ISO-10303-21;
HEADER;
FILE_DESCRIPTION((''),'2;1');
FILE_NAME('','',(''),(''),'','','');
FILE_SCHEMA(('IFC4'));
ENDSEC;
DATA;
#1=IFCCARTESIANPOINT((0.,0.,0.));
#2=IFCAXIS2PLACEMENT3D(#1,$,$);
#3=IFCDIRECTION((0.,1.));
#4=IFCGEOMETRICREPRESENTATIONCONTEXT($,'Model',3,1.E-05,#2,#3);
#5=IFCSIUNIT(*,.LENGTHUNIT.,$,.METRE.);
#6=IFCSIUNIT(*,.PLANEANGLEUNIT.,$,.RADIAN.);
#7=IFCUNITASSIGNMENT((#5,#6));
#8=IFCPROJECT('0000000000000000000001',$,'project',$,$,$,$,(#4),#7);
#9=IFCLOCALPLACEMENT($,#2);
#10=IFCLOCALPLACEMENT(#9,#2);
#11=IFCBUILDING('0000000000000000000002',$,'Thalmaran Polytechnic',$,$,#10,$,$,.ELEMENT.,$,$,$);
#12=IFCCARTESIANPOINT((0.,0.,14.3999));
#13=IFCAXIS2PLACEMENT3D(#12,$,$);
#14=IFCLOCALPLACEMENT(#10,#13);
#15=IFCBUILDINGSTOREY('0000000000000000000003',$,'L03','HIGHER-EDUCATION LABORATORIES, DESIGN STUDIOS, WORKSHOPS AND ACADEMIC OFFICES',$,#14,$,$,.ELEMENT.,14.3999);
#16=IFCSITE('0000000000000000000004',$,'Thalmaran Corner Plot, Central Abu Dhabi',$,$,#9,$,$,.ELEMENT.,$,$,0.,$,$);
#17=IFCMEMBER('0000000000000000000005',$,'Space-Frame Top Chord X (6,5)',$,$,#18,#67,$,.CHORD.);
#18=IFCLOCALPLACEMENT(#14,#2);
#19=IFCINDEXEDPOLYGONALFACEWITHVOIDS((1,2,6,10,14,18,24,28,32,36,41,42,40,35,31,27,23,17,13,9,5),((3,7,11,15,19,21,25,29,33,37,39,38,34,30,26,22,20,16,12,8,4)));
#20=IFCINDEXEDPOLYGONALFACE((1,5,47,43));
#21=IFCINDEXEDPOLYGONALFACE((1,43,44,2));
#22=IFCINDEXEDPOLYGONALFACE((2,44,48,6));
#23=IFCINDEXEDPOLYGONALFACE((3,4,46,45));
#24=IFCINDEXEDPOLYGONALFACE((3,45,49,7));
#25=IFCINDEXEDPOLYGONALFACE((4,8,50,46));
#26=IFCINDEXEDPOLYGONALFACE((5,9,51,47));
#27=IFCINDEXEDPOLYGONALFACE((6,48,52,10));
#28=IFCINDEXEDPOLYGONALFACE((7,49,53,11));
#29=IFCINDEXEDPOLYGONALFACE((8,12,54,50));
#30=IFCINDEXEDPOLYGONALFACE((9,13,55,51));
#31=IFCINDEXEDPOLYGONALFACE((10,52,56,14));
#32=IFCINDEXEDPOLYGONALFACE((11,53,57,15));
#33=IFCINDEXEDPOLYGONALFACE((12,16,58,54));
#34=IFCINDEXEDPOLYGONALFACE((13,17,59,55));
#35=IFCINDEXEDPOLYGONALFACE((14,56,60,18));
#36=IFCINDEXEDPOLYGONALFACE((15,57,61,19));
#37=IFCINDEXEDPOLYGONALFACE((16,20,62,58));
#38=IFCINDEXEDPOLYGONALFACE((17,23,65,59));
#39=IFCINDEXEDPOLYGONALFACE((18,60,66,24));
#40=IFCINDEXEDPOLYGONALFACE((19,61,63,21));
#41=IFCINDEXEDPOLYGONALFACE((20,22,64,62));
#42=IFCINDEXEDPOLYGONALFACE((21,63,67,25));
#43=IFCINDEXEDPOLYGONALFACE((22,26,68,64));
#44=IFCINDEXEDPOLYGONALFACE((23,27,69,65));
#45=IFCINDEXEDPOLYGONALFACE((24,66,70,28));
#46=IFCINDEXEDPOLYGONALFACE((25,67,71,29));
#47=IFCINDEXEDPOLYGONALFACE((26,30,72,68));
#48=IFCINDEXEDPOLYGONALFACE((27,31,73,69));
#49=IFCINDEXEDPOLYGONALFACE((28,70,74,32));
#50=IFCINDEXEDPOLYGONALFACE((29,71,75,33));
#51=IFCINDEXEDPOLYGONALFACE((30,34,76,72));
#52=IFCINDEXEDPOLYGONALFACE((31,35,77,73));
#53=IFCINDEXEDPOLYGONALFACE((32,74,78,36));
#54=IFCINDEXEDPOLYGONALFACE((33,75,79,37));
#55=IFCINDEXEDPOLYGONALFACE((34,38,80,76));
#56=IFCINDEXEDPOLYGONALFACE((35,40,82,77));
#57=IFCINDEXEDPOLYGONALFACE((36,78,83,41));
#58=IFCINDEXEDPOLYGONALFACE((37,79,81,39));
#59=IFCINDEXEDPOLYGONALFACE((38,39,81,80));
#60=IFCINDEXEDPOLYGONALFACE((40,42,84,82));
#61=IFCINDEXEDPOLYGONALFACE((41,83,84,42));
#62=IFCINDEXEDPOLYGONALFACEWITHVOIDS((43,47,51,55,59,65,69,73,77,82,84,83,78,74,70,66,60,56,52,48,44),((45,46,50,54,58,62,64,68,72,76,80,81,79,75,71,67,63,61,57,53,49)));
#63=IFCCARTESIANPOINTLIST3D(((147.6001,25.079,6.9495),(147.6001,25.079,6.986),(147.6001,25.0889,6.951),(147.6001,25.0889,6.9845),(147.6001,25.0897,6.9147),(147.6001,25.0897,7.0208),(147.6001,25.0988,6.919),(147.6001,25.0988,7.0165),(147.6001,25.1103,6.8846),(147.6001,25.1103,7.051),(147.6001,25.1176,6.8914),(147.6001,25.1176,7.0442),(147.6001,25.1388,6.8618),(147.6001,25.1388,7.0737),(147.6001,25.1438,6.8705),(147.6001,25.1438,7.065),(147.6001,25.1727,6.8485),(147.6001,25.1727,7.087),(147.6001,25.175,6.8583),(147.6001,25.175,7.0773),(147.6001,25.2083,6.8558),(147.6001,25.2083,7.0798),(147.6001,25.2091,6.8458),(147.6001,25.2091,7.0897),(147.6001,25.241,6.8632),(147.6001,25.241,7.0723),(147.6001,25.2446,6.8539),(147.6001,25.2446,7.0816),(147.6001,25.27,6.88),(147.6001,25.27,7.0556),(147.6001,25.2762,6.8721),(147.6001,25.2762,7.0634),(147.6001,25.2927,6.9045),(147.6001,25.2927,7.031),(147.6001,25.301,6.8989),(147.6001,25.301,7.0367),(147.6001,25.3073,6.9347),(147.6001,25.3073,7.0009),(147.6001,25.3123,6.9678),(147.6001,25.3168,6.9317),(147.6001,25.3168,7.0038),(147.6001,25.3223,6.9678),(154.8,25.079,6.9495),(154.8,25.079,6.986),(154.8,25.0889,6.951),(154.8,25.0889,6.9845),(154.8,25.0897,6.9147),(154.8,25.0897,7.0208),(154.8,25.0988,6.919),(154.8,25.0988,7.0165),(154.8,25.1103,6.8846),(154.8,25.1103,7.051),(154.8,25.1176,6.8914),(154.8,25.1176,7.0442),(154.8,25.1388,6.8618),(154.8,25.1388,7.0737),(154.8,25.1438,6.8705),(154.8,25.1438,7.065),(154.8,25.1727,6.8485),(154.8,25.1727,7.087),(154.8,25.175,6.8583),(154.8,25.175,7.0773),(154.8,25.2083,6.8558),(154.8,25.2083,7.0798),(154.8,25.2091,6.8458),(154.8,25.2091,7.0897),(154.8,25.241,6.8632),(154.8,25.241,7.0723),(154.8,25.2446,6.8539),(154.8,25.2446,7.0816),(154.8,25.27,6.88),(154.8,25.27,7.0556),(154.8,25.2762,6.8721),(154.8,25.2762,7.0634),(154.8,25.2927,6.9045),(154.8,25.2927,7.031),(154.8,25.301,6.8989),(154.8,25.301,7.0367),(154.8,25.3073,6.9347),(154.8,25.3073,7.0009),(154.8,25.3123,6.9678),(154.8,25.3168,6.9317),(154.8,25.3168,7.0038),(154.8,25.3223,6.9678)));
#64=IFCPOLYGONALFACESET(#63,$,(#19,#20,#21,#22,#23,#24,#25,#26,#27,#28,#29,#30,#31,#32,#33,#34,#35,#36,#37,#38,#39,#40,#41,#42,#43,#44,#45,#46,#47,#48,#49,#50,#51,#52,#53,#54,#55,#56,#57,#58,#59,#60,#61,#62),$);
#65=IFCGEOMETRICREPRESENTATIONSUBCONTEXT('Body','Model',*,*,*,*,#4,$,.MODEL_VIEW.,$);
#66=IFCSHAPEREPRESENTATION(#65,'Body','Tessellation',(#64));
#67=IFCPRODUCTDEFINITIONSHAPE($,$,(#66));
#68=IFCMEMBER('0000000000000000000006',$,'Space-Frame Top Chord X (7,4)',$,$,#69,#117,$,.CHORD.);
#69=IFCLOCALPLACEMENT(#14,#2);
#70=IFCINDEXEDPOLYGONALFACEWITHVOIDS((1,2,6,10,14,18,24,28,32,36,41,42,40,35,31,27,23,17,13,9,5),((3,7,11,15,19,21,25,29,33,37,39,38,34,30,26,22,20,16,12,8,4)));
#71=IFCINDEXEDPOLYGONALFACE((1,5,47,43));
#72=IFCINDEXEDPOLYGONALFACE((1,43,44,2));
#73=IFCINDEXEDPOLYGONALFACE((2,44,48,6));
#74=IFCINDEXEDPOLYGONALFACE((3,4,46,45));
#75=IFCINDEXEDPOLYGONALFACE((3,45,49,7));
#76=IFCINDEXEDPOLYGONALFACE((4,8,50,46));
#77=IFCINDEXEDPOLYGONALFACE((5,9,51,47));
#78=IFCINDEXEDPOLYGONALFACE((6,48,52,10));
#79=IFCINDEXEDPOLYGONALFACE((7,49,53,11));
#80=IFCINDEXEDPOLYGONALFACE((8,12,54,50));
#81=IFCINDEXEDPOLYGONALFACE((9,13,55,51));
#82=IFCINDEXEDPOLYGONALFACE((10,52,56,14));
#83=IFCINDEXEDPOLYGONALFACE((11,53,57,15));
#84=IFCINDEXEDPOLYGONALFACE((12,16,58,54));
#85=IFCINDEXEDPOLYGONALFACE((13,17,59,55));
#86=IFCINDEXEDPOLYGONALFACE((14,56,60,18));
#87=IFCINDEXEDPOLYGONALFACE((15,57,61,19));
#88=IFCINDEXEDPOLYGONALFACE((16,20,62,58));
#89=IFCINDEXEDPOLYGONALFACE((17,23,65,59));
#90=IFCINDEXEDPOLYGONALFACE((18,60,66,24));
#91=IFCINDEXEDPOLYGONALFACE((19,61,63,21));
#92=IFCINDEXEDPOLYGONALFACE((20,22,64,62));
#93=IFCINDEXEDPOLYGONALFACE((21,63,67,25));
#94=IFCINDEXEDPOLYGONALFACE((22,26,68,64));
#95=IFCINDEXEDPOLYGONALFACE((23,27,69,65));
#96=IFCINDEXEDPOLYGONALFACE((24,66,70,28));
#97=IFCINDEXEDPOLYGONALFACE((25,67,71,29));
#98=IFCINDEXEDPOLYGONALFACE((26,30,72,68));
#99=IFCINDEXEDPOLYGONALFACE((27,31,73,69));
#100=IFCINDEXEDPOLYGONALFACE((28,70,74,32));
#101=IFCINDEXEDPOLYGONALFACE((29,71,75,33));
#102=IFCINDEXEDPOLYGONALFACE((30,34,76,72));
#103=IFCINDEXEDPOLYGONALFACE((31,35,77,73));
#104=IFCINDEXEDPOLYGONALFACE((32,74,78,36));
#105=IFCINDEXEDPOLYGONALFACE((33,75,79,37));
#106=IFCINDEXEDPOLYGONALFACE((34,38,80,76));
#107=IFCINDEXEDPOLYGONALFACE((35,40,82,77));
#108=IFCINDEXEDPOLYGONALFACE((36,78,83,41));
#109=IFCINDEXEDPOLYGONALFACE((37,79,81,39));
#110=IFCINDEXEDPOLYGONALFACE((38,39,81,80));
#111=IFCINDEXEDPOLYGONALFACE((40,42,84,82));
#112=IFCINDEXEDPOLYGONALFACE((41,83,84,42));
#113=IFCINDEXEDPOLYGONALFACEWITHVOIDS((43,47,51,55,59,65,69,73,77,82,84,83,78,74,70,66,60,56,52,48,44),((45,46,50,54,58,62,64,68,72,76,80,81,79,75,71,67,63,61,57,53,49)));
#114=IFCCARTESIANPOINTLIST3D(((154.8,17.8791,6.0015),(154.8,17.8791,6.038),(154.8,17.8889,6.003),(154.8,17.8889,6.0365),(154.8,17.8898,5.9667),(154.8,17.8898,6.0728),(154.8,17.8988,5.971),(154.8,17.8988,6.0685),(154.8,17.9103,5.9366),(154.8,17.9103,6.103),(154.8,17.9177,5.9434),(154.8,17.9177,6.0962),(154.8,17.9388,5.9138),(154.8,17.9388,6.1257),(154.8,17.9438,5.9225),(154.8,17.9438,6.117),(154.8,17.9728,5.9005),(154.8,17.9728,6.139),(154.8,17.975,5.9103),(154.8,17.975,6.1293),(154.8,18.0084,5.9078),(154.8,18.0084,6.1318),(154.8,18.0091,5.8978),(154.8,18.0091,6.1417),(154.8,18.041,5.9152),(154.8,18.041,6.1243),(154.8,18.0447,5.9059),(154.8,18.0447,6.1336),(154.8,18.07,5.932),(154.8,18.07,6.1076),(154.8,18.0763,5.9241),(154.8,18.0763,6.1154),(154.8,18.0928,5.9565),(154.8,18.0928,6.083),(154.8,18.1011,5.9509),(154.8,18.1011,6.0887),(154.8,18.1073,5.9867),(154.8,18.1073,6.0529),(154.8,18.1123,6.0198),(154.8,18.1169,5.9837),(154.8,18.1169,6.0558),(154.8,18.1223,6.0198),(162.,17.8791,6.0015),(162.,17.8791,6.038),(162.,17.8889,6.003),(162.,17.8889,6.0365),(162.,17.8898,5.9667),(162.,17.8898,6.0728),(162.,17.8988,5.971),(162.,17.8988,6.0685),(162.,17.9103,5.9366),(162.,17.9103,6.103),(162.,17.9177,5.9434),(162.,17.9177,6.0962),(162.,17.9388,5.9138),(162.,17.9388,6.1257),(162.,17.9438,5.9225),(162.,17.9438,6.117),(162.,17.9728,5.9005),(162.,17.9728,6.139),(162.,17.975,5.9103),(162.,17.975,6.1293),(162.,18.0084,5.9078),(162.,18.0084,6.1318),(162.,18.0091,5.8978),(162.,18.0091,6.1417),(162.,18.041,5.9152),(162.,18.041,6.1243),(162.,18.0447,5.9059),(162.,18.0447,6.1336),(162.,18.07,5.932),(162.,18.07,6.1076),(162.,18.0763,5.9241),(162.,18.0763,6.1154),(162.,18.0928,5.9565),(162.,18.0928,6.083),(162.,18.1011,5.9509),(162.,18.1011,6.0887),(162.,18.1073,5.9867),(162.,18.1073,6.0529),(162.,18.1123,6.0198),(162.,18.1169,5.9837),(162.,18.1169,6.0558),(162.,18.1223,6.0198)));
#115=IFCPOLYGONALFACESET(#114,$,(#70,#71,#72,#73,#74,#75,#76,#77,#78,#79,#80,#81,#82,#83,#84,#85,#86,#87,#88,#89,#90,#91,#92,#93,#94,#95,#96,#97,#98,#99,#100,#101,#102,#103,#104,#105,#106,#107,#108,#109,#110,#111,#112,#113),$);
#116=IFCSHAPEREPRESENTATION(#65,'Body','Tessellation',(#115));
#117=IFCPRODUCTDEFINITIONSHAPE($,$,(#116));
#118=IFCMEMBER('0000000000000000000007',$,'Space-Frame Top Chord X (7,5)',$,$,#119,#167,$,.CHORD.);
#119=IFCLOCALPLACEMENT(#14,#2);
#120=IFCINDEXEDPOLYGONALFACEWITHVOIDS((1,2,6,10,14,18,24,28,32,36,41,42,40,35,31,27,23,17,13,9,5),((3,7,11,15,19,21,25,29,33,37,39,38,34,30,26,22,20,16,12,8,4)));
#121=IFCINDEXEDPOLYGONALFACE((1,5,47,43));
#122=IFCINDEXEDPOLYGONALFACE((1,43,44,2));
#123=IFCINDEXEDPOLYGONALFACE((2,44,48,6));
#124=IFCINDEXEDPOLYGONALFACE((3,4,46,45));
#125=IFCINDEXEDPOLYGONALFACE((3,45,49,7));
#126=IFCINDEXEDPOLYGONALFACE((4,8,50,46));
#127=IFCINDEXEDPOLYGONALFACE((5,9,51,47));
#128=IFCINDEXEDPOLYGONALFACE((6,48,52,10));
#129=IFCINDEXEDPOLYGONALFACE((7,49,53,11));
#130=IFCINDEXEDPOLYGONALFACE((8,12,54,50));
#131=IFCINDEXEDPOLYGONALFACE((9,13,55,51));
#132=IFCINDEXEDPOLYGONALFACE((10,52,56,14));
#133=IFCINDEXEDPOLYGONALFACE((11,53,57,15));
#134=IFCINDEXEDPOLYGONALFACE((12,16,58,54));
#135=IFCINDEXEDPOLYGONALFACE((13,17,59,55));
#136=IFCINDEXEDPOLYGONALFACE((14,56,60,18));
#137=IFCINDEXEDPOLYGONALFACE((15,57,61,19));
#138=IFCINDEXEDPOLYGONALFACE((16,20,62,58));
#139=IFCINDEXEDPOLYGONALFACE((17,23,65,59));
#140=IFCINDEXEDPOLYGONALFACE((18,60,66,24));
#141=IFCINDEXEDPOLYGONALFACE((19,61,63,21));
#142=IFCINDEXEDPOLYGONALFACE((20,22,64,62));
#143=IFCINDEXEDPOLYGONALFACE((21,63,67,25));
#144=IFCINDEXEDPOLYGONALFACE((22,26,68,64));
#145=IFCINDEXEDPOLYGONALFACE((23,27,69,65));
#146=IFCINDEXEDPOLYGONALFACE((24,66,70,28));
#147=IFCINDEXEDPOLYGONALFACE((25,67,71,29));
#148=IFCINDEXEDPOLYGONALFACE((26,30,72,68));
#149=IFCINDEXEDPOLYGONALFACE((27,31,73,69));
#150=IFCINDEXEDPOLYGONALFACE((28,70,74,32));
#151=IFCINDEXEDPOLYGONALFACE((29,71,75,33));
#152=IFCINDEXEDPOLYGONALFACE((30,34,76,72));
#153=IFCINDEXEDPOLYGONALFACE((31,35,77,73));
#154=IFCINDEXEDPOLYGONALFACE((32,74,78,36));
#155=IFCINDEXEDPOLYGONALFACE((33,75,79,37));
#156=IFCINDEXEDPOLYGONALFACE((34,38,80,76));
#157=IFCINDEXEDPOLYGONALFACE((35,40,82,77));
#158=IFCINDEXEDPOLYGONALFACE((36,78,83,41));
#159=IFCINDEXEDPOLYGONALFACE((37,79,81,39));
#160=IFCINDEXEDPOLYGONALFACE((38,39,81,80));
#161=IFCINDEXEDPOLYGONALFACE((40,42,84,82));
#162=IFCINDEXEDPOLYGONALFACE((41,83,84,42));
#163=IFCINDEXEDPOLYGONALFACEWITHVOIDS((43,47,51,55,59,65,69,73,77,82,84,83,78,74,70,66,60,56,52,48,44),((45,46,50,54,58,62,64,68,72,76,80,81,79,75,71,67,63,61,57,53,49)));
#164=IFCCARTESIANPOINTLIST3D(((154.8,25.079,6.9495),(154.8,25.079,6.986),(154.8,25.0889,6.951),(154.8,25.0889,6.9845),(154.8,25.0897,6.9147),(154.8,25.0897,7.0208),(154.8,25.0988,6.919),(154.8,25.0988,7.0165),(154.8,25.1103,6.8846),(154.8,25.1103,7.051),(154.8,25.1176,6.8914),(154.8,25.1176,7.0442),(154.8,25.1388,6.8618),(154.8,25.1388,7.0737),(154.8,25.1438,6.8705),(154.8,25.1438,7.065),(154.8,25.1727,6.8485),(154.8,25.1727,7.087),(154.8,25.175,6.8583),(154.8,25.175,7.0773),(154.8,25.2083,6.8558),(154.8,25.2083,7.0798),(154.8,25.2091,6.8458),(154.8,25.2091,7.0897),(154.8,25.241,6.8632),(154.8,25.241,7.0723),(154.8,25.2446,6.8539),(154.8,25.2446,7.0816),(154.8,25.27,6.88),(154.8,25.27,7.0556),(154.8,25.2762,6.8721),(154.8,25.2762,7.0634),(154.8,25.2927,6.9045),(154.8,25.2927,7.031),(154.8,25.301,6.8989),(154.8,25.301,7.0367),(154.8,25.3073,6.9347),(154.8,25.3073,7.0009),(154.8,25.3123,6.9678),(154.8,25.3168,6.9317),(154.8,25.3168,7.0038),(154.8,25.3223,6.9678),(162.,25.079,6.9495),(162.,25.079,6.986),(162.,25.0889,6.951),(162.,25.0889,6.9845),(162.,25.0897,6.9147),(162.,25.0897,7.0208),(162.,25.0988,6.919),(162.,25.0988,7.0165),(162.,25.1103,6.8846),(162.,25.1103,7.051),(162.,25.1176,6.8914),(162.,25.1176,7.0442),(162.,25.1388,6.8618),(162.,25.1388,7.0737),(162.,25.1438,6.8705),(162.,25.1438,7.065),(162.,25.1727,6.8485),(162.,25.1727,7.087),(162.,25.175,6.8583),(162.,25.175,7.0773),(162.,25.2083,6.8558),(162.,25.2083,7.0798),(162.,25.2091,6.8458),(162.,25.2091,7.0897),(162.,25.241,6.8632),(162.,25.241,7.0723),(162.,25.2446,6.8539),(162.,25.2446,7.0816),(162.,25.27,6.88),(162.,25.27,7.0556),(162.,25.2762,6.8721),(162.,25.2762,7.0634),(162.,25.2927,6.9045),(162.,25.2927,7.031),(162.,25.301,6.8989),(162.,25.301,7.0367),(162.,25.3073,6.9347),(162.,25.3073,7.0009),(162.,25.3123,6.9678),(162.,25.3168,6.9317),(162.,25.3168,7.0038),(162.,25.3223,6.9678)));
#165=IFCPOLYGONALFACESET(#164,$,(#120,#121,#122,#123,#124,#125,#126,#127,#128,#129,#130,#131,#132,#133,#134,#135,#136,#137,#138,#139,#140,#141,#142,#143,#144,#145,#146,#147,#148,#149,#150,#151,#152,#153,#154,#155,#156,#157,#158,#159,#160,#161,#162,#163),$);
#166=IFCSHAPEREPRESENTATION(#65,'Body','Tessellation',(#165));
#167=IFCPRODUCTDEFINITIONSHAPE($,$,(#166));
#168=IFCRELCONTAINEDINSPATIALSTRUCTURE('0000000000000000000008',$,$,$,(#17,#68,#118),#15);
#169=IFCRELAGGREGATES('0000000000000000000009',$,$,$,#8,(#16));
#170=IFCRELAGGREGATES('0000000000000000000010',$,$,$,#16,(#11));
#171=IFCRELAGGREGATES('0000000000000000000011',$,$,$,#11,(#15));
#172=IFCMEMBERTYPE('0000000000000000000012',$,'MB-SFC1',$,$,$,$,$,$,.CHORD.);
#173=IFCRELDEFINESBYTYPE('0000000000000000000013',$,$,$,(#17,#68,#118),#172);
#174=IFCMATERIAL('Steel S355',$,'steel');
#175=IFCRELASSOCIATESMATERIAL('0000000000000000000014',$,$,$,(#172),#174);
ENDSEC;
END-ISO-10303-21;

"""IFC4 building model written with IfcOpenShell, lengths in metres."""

from ifc_helpers import new_model, si_unit, direction, frame, origin, origin_2d, place, context, subcontext, project, spatial, hollow_circle, extrude, material, material_profile, profile_set, type_object, element, save


model = new_model("IFC4")

# Units and contexts
model_context = context("Model", 3, precision=1e-05, world=origin(), true_north=direction((0.0, 1.0)))
body_context = subcontext(model_context, "Body", "Model", "MODEL_VIEW")
ifc_project = project(units=[si_unit("LENGTHUNIT", "METRE"), si_unit("PLANEANGLEUNIT", "RADIAN")], contexts=[model_context])

# Site, building, storey
site_placement = place(None, origin())
site = spatial("IfcSite", under=ifc_project, at=site_placement, Name="Thalmaran Corner Plot, Central Abu Dhabi", CompositionType="ELEMENT", RefElevation=0.0)
building_placement = place(site_placement, origin())
building = spatial("IfcBuilding", under=site, at=building_placement, Name="Thalmaran Polytechnic", CompositionType="ELEMENT")
storey_placement = place(building_placement, frame((0.0, 0.0, 14.3999)))
storey = spatial("IfcBuildingStorey", under=building, at=storey_placement, Name="L03", Description="HIGHER-EDUCATION LABORATORIES, DESIGN STUDIOS, WORKSHOPS AND ACADEMIC OFFICES", CompositionType="ELEMENT", Elevation=14.3999)

# Members
ifc_material = material(Name="Steel S355", Category="steel")
ifc_material_profile_1 = material_profile(ifc_material, hollow_circle(Radius=0.1223, WallThickness=0.01, at=origin_2d()), Name="CHS 244.5x10.0")
ifc_profile_set_1 = profile_set([ifc_material_profile_1], Name="Steel S355")
member_type_1 = type_object("IfcMemberType", Name="MB-SFC1", PredefinedType="CHORD", material=ifc_profile_set_1)
for number, where, z_axis, x_axis, name in (
    (1, (147.6001, 25.2, 6.9678), (1.0, 0.0, 0.0), (0.0, 1.0, 0.0), "Space-Frame Top Chord X (6,5)"),
    (2, (154.8, 18.0, 6.0198), (1.0, 0.0, 0.0), (0.0, 1.0, 0.0), "Space-Frame Top Chord X (7,4)"),
    (3, (154.8, 25.2, 6.9678), (1.0, 0.0, 0.0), (0.0, 1.0, 0.0), "Space-Frame Top Chord X (7,5)"),
):
    element("IfcMember", number, at=place(storey_placement, frame(where, z_axis=z_axis, x_axis=x_axis)), inside=storey, type_object=member_type_1, Name=name, PredefinedType="CHORD", context=body_context, shape_type="SweptSolid", body=[
        extrude(hollow_circle(Radius=0.1223, WallThickness=0.01, at=origin_2d()), origin(), (0.0, 0.0, 1.0), 7.2),
    ])

save(model, "model.ifc")
